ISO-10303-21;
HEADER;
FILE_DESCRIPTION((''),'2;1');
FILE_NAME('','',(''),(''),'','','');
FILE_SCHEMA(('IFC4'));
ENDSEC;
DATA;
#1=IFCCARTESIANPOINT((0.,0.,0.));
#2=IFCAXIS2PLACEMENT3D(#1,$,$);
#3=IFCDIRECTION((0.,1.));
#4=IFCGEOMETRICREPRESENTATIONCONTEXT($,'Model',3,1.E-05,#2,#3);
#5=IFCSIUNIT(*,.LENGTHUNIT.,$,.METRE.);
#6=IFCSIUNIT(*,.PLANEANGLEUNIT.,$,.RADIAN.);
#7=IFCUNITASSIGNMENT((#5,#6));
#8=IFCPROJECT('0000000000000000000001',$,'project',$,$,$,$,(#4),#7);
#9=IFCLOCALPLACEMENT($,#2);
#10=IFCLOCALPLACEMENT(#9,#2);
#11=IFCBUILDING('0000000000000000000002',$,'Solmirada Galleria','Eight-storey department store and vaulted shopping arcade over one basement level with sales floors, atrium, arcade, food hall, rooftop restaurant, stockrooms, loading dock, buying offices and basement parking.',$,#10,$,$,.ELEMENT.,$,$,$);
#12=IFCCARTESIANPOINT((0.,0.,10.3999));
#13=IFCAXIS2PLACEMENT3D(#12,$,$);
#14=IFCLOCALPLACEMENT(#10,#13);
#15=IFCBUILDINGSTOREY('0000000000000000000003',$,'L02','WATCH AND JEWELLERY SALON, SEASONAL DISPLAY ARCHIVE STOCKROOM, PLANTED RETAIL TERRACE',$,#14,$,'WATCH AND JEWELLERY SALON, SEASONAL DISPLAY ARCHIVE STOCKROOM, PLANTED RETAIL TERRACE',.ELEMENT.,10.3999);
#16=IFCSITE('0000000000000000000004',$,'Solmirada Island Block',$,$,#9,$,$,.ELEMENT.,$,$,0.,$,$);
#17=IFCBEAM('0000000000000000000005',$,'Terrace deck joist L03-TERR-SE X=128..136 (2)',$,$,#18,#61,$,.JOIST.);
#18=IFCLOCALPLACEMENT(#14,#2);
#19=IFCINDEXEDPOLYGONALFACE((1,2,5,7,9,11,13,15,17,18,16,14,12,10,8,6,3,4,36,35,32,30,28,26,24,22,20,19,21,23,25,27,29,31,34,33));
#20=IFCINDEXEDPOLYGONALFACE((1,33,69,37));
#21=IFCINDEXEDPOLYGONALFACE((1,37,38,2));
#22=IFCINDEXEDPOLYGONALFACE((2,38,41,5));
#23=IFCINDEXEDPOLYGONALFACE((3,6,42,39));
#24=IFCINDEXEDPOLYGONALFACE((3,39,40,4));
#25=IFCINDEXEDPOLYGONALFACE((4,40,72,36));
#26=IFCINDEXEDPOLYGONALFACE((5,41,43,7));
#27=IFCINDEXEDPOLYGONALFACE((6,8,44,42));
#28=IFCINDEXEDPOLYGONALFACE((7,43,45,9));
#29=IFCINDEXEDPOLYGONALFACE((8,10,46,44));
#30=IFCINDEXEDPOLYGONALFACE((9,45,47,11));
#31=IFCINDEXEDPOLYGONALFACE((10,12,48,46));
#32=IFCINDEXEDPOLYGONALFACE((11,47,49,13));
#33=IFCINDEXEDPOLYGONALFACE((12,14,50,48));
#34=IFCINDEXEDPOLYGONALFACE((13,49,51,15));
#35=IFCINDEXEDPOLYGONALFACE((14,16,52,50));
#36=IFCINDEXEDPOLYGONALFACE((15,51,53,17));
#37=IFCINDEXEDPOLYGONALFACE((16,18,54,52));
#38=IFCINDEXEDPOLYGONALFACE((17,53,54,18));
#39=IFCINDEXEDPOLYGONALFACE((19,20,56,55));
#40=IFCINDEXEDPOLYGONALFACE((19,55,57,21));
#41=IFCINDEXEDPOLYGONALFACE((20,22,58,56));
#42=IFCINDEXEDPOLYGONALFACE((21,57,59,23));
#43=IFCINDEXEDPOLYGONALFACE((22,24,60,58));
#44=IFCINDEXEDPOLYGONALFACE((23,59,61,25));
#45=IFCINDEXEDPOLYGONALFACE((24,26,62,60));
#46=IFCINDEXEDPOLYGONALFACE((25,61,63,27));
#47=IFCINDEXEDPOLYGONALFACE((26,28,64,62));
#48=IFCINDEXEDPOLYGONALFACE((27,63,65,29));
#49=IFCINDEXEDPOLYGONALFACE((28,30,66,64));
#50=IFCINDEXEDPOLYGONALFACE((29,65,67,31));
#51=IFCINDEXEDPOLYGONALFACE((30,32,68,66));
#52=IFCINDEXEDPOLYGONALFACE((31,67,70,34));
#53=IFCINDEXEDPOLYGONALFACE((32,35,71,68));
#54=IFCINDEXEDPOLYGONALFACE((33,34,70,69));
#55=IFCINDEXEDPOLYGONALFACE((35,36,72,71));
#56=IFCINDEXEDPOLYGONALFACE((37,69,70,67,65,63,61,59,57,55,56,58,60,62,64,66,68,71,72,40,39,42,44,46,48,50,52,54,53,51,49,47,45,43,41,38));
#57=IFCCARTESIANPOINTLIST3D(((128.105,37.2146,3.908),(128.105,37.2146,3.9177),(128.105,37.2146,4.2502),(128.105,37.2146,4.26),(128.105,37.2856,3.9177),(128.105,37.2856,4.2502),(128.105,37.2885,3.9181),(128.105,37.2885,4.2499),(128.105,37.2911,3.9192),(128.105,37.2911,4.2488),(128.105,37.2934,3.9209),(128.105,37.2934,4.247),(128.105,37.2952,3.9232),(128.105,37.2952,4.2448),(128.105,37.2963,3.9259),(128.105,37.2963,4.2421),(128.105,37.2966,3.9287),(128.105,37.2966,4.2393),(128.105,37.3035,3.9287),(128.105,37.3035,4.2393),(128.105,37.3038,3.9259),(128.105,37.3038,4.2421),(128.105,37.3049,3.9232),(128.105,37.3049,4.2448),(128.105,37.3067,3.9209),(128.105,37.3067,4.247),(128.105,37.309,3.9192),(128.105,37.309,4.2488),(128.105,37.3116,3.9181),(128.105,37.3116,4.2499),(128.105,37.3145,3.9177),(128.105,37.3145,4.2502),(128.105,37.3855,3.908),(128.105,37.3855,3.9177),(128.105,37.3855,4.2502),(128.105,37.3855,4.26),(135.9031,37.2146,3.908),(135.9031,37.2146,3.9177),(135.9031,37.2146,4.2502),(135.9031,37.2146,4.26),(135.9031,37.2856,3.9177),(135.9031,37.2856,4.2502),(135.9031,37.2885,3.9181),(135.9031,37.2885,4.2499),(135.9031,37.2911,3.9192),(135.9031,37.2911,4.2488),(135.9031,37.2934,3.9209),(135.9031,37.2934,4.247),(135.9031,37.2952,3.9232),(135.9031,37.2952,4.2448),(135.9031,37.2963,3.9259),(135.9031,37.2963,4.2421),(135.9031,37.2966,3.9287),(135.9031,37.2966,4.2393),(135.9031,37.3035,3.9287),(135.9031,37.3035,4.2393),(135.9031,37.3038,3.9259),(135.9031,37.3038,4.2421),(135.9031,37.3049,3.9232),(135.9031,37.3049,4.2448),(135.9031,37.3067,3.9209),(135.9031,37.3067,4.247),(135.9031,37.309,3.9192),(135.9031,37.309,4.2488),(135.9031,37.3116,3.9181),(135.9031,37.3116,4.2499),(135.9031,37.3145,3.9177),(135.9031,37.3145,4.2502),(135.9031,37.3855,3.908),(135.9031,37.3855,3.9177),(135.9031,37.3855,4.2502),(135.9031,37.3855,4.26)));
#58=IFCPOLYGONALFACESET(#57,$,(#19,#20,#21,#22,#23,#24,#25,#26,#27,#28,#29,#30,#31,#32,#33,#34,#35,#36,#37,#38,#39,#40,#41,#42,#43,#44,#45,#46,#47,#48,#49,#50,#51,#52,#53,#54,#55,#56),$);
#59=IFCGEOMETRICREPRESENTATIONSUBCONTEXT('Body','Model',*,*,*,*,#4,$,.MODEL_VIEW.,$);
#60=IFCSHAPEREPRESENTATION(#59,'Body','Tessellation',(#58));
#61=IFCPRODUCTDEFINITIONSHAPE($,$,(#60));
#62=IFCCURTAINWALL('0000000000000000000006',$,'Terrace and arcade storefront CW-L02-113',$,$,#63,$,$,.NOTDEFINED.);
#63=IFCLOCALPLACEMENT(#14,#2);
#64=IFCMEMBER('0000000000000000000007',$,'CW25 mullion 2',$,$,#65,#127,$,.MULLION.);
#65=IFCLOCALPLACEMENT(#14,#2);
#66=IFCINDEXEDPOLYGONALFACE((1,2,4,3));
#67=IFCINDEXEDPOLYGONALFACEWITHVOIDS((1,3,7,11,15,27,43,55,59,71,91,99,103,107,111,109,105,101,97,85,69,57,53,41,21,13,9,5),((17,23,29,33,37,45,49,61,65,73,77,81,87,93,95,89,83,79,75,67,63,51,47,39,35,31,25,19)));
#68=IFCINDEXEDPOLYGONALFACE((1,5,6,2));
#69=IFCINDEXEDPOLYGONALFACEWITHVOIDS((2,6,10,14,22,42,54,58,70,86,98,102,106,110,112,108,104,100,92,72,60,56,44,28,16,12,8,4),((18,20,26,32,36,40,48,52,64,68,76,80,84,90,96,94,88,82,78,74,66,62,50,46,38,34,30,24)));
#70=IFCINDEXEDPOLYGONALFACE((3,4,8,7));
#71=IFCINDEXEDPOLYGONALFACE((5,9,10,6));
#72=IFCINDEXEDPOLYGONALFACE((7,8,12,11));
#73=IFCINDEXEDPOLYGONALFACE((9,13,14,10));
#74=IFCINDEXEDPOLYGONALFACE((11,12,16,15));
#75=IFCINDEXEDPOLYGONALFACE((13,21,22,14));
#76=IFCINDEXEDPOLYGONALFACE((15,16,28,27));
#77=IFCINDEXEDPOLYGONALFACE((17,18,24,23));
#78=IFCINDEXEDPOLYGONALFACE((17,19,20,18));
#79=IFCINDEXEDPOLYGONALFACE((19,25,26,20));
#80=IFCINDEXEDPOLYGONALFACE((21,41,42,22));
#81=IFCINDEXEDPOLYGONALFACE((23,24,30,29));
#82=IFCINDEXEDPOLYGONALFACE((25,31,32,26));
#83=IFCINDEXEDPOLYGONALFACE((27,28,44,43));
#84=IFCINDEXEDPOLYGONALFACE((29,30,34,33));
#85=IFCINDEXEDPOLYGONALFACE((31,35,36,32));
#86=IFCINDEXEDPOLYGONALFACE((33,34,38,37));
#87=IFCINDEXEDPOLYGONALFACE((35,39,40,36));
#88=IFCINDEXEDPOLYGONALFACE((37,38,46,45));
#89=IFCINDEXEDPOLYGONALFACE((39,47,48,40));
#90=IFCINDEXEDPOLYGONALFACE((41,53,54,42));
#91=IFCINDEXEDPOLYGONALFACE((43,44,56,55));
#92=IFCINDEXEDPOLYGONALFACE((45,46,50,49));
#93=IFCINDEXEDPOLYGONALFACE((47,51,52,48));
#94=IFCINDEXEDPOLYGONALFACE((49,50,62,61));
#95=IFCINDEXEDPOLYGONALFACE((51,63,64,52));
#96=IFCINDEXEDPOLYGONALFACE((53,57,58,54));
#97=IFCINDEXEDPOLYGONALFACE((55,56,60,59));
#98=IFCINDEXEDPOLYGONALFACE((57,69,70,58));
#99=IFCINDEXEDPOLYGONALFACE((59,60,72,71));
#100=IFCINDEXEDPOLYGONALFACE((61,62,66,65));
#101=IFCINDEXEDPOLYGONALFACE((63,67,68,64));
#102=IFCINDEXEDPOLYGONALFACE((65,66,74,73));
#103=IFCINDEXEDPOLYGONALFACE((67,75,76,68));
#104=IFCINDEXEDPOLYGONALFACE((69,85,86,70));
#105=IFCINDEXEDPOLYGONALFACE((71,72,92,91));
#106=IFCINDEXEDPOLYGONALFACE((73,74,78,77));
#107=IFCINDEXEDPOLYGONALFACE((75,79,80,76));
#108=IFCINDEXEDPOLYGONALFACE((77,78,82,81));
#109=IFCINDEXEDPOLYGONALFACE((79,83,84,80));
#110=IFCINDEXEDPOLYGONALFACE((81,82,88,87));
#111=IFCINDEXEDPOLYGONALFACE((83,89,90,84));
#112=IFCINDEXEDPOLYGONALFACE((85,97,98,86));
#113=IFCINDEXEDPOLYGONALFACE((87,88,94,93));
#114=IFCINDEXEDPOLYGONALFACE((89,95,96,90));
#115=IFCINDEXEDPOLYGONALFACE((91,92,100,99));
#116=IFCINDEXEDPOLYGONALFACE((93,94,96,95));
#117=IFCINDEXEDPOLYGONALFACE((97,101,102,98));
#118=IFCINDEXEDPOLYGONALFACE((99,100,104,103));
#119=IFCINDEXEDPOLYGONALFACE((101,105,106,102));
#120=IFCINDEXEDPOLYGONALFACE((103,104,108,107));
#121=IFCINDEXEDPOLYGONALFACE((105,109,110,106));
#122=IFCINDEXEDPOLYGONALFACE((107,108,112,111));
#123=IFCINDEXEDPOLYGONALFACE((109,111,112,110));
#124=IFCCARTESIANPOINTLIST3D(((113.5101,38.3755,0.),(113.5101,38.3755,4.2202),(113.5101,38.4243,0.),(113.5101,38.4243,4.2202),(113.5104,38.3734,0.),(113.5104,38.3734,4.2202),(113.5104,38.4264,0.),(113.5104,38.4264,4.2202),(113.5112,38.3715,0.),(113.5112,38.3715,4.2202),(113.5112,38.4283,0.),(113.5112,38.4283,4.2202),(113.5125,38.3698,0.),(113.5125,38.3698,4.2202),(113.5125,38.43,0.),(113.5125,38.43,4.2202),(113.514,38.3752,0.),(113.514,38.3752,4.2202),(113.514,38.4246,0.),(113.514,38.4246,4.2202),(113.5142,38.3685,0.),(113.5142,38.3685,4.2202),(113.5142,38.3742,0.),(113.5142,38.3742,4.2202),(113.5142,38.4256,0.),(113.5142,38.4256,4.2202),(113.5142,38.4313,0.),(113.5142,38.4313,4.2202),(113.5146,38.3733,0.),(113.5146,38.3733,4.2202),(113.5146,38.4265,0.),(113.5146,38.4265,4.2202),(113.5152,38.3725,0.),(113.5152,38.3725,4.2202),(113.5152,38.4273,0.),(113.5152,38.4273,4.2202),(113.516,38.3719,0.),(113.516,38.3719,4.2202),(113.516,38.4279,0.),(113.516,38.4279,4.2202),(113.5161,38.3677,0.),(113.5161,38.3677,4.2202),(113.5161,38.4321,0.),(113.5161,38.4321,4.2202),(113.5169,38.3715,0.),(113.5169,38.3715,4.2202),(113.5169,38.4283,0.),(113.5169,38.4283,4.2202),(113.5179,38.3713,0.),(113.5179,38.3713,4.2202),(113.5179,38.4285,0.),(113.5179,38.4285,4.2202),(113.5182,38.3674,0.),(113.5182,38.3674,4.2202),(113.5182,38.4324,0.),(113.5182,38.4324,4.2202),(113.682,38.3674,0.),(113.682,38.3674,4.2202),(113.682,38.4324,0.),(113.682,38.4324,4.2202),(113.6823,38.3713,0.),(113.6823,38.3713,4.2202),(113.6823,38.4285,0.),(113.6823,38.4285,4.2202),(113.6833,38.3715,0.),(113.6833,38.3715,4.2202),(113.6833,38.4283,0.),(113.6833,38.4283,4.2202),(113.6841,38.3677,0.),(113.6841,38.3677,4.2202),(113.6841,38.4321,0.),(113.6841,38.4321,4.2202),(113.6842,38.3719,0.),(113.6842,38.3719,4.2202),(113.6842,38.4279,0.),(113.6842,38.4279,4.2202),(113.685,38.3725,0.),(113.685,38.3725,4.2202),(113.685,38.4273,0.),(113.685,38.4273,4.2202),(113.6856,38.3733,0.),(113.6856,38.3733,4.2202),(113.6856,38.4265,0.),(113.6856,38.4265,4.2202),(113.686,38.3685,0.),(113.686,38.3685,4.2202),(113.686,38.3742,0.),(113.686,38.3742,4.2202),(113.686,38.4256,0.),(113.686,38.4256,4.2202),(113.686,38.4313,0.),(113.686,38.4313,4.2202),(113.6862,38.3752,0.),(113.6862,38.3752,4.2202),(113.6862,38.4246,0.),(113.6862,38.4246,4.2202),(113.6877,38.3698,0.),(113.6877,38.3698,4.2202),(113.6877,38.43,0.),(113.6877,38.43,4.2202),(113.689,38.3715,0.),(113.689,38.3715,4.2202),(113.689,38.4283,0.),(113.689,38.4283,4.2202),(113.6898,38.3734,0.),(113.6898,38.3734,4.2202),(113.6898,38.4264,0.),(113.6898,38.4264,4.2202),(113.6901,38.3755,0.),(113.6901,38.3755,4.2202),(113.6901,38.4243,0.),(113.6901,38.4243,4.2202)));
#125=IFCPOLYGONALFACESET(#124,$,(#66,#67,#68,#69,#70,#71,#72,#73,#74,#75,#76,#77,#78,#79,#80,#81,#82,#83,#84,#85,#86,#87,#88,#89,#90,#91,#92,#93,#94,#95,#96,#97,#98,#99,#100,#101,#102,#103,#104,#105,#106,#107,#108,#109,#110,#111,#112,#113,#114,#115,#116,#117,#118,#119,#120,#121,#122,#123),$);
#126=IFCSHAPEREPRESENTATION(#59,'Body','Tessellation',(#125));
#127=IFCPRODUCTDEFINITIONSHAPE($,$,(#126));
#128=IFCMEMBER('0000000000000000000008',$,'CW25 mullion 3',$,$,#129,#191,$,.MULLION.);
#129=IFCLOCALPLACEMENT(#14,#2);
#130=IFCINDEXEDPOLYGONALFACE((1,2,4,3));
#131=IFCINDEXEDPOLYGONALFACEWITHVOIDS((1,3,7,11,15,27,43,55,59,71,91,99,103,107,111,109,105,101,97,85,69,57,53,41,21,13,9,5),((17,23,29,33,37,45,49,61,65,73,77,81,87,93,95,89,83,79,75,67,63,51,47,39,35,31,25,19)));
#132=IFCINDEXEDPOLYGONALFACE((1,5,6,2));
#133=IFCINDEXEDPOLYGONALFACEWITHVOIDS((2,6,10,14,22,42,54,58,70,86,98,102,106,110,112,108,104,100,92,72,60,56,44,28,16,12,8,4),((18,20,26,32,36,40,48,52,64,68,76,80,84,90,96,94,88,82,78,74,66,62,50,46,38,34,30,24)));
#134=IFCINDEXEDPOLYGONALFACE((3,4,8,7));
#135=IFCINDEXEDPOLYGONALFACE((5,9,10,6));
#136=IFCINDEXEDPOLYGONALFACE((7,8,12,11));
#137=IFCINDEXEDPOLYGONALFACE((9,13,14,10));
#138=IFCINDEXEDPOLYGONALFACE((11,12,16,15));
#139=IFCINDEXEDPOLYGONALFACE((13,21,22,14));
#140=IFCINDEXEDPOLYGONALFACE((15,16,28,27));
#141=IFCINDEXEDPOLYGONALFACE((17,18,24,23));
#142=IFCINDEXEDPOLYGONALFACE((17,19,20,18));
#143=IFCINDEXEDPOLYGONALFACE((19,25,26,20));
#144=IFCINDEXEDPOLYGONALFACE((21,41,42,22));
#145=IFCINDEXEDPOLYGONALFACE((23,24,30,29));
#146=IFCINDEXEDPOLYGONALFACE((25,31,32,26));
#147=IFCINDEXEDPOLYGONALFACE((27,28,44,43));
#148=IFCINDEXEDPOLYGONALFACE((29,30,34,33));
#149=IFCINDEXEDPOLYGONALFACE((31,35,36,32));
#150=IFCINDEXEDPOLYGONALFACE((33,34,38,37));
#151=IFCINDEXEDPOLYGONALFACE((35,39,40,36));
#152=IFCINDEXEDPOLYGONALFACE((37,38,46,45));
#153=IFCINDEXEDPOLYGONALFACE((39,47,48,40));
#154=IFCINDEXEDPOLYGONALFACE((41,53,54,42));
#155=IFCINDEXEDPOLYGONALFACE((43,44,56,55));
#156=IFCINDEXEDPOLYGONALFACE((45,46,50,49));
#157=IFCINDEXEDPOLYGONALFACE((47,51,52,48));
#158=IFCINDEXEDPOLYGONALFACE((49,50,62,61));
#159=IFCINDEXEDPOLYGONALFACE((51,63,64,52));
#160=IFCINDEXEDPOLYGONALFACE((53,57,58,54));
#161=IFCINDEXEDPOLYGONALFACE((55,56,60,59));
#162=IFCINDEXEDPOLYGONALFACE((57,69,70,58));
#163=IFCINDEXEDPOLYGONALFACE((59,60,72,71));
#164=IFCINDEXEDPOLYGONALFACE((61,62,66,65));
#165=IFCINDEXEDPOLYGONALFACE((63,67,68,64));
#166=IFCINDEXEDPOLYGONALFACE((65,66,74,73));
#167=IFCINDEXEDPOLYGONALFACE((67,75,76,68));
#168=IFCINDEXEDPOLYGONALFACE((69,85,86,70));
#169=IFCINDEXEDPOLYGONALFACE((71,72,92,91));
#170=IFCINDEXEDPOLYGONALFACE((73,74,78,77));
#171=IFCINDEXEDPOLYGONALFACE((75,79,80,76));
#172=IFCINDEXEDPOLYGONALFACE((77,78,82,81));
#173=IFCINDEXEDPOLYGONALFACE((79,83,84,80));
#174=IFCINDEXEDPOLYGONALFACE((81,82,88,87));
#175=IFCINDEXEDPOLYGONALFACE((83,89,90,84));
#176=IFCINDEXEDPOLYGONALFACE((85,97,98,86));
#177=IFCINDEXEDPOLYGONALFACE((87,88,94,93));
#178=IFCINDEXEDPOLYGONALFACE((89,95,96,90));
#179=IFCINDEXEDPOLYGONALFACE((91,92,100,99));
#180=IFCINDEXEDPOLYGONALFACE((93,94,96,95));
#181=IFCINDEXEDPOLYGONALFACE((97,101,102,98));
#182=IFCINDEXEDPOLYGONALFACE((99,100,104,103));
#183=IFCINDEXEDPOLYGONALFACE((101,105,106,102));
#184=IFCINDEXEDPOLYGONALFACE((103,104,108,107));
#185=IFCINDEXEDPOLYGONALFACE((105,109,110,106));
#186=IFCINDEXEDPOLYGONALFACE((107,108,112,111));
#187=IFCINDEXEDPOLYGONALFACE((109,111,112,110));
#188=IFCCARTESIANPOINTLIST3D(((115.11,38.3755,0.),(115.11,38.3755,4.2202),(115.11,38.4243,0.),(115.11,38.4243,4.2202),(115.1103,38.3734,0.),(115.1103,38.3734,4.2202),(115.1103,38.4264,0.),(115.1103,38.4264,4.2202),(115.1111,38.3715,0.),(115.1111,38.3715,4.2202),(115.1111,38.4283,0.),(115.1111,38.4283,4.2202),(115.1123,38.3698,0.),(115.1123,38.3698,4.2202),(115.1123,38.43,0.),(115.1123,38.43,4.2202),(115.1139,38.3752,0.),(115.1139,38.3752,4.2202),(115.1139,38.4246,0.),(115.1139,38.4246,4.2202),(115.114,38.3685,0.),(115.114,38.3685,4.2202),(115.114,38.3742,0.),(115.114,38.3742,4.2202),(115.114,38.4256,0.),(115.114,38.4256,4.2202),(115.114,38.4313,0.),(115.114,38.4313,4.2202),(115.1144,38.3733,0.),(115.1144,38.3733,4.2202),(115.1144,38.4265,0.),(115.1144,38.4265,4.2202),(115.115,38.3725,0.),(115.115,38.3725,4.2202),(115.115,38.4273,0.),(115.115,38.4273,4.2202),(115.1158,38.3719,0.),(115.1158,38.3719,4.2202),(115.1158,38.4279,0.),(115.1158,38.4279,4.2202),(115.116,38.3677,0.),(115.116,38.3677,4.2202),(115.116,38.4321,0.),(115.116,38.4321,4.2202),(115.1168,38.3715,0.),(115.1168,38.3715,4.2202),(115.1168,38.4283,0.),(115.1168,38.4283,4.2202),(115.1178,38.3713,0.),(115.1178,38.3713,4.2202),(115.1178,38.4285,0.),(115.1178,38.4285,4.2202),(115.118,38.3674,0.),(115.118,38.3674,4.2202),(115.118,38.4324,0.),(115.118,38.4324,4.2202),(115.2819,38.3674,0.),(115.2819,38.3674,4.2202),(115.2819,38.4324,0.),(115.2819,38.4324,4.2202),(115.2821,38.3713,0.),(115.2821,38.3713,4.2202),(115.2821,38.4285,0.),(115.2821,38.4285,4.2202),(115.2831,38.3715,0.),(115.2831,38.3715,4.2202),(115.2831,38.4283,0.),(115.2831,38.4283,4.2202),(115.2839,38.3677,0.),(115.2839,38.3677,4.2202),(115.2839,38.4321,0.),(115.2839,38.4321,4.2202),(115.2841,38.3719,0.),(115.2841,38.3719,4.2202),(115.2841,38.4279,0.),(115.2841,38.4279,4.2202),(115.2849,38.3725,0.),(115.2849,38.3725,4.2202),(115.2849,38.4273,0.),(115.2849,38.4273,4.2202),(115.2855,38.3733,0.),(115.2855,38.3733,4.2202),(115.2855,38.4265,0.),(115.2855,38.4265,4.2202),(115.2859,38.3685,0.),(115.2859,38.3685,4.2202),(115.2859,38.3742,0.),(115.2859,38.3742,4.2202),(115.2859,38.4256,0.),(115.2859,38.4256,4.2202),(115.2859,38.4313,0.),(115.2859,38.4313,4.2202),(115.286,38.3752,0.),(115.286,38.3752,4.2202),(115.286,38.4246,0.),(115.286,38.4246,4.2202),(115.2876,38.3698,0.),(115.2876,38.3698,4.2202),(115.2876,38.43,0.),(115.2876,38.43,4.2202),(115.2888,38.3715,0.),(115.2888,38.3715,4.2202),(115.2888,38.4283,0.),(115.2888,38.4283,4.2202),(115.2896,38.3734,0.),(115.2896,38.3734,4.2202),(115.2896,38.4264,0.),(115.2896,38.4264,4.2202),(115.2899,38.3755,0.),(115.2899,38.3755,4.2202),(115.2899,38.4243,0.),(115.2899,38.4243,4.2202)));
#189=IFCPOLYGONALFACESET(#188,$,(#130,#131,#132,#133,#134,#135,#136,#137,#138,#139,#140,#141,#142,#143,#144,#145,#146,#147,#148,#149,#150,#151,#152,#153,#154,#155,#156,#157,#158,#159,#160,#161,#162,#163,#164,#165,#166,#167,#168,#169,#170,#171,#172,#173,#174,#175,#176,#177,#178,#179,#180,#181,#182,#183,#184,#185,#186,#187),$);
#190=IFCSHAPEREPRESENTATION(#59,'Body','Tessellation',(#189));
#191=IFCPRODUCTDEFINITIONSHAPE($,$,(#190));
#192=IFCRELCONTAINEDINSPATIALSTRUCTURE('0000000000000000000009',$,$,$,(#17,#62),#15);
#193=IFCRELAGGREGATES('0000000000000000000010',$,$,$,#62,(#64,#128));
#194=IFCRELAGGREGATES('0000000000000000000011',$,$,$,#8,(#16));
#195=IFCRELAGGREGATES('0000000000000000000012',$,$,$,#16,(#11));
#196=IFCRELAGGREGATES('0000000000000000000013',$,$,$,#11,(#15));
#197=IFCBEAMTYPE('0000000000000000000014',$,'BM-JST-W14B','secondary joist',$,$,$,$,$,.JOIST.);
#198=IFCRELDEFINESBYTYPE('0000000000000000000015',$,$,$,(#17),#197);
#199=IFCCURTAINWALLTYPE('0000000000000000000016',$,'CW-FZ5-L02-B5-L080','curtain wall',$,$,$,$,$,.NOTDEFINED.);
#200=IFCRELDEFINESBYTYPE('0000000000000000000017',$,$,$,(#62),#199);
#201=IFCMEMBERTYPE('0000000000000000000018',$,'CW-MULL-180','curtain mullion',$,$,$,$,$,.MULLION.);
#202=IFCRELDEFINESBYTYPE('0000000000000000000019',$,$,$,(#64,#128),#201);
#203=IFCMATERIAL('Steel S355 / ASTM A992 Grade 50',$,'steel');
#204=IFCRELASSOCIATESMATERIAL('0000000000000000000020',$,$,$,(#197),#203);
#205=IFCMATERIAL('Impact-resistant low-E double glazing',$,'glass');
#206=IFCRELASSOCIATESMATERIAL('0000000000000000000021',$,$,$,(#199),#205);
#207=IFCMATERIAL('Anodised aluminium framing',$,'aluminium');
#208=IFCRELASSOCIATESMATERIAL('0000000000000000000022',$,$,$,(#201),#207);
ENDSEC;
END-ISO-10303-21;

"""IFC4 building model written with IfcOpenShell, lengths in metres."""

from ifc_helpers import new_model, si_unit, direction, frame, origin, origin_2d, place, context, subcontext, project, spatial, hollow_rectangle, i_section, extrude, material, material_profile, profile_set, type_object, element, aggregate, save


model = new_model("IFC4")

# Units and contexts
model_context = context("Model", 3, precision=1e-05, world=origin(), true_north=direction((0.0, 1.0)))
body_context = subcontext(model_context, "Body", "Model", "MODEL_VIEW")
ifc_project = project(units=[si_unit("LENGTHUNIT", "METRE"), si_unit("PLANEANGLEUNIT", "RADIAN")], contexts=[model_context])

# Site, building, storey
site_placement = place(None, origin())
site = spatial("IfcSite", under=ifc_project, at=site_placement, Name="Solmirada Island Block", CompositionType="ELEMENT", RefElevation=0.0)
building_placement = place(site_placement, origin())
building = spatial("IfcBuilding", under=site, at=building_placement, Name="Solmirada Galleria", Description="Eight-storey department store and vaulted shopping arcade over one basement level with sales floors, atrium, arcade, food hall, rooftop restaurant, stockrooms, loading dock, buying offices and basement parking.", CompositionType="ELEMENT")
storey_placement = place(building_placement, frame((0.0, 0.0, 10.3999)))
storey = spatial("IfcBuildingStorey", under=building, at=storey_placement, Name="L02", Description="WATCH AND JEWELLERY SALON, SEASONAL DISPLAY ARCHIVE STOCKROOM, PLANTED RETAIL TERRACE", LongName="WATCH AND JEWELLERY SALON, SEASONAL DISPLAY ARCHIVE STOCKROOM, PLANTED RETAIL TERRACE", CompositionType="ELEMENT", Elevation=10.3999)

# Beam
ifc_material_1 = material(Name="Steel S355 / ASTM A992 Grade 50", Category="steel")
ifc_material_profile_1 = material_profile(ifc_material_1, i_section(OverallWidth=0.1709, OverallDepth=0.3521, WebThickness=0.0068, FlangeThickness=0.0098, FilletRadius=0.011, at=origin_2d()), Name="W14X30")
ifc_profile_set_1 = profile_set([ifc_material_profile_1], Name="Steel S355 / ASTM A992 Grade 50")
beam_type_1 = type_object("IfcBeamType", Name="BM-JST-W14B", Description="secondary joist", PredefinedType="JOIST", material=ifc_profile_set_1)
for number, where, z_axis, x_axis, name in (
    (1, (128.105, 37.3, 4.084), (1.0, 0.0, 0.0), (0.0, 1.0, 0.0), "Terrace deck joist L03-TERR-SE X=128..136 (2)"),
):
    element("IfcBeam", number, at=place(storey_placement, frame(where, z_axis=z_axis, x_axis=x_axis)), inside=storey, type_object=beam_type_1, Name=name, PredefinedType="JOIST", context=body_context, shape_type="SweptSolid", body=[
        extrude(i_section(OverallWidth=0.1709, OverallDepth=0.3521, WebThickness=0.0068, FlangeThickness=0.0098, FilletRadius=0.011, at=origin_2d()), origin(), (0.0, 0.0, 1.0), 7.7981),
    ])

# Curtain wall, members
ifc_material_2 = material(Name="Impact-resistant low-E double glazing", Category="glass")
curtain_wall_type = type_object("IfcCurtainWallType", Name="CW-FZ5-L02-B5-L080", Description="curtain wall", PredefinedType="NOTDEFINED", material=ifc_material_2)
curtain_wall_placement = place(storey_placement, origin())
curtain_wall = element("IfcCurtainWall", 2, at=curtain_wall_placement, inside=storey, type_object=curtain_wall_type, Name="Terrace and arcade storefront CW-L02-113", PredefinedType="NOTDEFINED")
ifc_material_3 = material(Name="Anodised aluminium framing", Category="aluminium")
ifc_material_profile_2 = material_profile(ifc_material_3, hollow_rectangle(XDim=0.0649, YDim=0.1799, WallThickness=0.0039, InnerFilletRadius=0.0039, OuterFilletRadius=0.0081, at=origin_2d()), Name="ALU-MULL-180X65")
ifc_profile_set_2 = profile_set([ifc_material_profile_2], Name="Anodised aluminium framing")
member_type_1 = type_object("IfcMemberType", Name="CW-MULL-180", Description="curtain mullion", PredefinedType="MULLION", material=ifc_profile_set_2)
member_1_placement = place(storey_placement, frame((113.6001, 38.3999, 0.0), z_axis=(0.0, 0.0, 1.0), x_axis=(0.0, 1.0, 0.0)))
member_1 = element("IfcMember", 3, at=member_1_placement, type_object=member_type_1, Name="CW25 mullion 2", PredefinedType="MULLION", context=body_context, shape_type="SweptSolid", body=[
    extrude(hollow_rectangle(XDim=0.0649, YDim=0.1799, WallThickness=0.0039, InnerFilletRadius=0.0039, OuterFilletRadius=0.0081, at=origin_2d()), origin(), (0.0, 0.0, 1.0), 4.2202),
])
member_2_placement = place(storey_placement, frame((115.2, 38.3999, 0.0), z_axis=(0.0, 0.0, 1.0), x_axis=(0.0, 1.0, 0.0)))
member_2 = element("IfcMember", 4, at=member_2_placement, type_object=member_type_1, Name="CW25 mullion 3", PredefinedType="MULLION", context=body_context, shape_type="SweptSolid", body=[
    extrude(hollow_rectangle(XDim=0.0649, YDim=0.1799, WallThickness=0.0039, InnerFilletRadius=0.0039, OuterFilletRadius=0.0081, at=origin_2d()), origin(), (0.0, 0.0, 1.0), 4.2202),
])
aggregate(curtain_wall, [member_1, member_2])

save(model, "model.ifc")
